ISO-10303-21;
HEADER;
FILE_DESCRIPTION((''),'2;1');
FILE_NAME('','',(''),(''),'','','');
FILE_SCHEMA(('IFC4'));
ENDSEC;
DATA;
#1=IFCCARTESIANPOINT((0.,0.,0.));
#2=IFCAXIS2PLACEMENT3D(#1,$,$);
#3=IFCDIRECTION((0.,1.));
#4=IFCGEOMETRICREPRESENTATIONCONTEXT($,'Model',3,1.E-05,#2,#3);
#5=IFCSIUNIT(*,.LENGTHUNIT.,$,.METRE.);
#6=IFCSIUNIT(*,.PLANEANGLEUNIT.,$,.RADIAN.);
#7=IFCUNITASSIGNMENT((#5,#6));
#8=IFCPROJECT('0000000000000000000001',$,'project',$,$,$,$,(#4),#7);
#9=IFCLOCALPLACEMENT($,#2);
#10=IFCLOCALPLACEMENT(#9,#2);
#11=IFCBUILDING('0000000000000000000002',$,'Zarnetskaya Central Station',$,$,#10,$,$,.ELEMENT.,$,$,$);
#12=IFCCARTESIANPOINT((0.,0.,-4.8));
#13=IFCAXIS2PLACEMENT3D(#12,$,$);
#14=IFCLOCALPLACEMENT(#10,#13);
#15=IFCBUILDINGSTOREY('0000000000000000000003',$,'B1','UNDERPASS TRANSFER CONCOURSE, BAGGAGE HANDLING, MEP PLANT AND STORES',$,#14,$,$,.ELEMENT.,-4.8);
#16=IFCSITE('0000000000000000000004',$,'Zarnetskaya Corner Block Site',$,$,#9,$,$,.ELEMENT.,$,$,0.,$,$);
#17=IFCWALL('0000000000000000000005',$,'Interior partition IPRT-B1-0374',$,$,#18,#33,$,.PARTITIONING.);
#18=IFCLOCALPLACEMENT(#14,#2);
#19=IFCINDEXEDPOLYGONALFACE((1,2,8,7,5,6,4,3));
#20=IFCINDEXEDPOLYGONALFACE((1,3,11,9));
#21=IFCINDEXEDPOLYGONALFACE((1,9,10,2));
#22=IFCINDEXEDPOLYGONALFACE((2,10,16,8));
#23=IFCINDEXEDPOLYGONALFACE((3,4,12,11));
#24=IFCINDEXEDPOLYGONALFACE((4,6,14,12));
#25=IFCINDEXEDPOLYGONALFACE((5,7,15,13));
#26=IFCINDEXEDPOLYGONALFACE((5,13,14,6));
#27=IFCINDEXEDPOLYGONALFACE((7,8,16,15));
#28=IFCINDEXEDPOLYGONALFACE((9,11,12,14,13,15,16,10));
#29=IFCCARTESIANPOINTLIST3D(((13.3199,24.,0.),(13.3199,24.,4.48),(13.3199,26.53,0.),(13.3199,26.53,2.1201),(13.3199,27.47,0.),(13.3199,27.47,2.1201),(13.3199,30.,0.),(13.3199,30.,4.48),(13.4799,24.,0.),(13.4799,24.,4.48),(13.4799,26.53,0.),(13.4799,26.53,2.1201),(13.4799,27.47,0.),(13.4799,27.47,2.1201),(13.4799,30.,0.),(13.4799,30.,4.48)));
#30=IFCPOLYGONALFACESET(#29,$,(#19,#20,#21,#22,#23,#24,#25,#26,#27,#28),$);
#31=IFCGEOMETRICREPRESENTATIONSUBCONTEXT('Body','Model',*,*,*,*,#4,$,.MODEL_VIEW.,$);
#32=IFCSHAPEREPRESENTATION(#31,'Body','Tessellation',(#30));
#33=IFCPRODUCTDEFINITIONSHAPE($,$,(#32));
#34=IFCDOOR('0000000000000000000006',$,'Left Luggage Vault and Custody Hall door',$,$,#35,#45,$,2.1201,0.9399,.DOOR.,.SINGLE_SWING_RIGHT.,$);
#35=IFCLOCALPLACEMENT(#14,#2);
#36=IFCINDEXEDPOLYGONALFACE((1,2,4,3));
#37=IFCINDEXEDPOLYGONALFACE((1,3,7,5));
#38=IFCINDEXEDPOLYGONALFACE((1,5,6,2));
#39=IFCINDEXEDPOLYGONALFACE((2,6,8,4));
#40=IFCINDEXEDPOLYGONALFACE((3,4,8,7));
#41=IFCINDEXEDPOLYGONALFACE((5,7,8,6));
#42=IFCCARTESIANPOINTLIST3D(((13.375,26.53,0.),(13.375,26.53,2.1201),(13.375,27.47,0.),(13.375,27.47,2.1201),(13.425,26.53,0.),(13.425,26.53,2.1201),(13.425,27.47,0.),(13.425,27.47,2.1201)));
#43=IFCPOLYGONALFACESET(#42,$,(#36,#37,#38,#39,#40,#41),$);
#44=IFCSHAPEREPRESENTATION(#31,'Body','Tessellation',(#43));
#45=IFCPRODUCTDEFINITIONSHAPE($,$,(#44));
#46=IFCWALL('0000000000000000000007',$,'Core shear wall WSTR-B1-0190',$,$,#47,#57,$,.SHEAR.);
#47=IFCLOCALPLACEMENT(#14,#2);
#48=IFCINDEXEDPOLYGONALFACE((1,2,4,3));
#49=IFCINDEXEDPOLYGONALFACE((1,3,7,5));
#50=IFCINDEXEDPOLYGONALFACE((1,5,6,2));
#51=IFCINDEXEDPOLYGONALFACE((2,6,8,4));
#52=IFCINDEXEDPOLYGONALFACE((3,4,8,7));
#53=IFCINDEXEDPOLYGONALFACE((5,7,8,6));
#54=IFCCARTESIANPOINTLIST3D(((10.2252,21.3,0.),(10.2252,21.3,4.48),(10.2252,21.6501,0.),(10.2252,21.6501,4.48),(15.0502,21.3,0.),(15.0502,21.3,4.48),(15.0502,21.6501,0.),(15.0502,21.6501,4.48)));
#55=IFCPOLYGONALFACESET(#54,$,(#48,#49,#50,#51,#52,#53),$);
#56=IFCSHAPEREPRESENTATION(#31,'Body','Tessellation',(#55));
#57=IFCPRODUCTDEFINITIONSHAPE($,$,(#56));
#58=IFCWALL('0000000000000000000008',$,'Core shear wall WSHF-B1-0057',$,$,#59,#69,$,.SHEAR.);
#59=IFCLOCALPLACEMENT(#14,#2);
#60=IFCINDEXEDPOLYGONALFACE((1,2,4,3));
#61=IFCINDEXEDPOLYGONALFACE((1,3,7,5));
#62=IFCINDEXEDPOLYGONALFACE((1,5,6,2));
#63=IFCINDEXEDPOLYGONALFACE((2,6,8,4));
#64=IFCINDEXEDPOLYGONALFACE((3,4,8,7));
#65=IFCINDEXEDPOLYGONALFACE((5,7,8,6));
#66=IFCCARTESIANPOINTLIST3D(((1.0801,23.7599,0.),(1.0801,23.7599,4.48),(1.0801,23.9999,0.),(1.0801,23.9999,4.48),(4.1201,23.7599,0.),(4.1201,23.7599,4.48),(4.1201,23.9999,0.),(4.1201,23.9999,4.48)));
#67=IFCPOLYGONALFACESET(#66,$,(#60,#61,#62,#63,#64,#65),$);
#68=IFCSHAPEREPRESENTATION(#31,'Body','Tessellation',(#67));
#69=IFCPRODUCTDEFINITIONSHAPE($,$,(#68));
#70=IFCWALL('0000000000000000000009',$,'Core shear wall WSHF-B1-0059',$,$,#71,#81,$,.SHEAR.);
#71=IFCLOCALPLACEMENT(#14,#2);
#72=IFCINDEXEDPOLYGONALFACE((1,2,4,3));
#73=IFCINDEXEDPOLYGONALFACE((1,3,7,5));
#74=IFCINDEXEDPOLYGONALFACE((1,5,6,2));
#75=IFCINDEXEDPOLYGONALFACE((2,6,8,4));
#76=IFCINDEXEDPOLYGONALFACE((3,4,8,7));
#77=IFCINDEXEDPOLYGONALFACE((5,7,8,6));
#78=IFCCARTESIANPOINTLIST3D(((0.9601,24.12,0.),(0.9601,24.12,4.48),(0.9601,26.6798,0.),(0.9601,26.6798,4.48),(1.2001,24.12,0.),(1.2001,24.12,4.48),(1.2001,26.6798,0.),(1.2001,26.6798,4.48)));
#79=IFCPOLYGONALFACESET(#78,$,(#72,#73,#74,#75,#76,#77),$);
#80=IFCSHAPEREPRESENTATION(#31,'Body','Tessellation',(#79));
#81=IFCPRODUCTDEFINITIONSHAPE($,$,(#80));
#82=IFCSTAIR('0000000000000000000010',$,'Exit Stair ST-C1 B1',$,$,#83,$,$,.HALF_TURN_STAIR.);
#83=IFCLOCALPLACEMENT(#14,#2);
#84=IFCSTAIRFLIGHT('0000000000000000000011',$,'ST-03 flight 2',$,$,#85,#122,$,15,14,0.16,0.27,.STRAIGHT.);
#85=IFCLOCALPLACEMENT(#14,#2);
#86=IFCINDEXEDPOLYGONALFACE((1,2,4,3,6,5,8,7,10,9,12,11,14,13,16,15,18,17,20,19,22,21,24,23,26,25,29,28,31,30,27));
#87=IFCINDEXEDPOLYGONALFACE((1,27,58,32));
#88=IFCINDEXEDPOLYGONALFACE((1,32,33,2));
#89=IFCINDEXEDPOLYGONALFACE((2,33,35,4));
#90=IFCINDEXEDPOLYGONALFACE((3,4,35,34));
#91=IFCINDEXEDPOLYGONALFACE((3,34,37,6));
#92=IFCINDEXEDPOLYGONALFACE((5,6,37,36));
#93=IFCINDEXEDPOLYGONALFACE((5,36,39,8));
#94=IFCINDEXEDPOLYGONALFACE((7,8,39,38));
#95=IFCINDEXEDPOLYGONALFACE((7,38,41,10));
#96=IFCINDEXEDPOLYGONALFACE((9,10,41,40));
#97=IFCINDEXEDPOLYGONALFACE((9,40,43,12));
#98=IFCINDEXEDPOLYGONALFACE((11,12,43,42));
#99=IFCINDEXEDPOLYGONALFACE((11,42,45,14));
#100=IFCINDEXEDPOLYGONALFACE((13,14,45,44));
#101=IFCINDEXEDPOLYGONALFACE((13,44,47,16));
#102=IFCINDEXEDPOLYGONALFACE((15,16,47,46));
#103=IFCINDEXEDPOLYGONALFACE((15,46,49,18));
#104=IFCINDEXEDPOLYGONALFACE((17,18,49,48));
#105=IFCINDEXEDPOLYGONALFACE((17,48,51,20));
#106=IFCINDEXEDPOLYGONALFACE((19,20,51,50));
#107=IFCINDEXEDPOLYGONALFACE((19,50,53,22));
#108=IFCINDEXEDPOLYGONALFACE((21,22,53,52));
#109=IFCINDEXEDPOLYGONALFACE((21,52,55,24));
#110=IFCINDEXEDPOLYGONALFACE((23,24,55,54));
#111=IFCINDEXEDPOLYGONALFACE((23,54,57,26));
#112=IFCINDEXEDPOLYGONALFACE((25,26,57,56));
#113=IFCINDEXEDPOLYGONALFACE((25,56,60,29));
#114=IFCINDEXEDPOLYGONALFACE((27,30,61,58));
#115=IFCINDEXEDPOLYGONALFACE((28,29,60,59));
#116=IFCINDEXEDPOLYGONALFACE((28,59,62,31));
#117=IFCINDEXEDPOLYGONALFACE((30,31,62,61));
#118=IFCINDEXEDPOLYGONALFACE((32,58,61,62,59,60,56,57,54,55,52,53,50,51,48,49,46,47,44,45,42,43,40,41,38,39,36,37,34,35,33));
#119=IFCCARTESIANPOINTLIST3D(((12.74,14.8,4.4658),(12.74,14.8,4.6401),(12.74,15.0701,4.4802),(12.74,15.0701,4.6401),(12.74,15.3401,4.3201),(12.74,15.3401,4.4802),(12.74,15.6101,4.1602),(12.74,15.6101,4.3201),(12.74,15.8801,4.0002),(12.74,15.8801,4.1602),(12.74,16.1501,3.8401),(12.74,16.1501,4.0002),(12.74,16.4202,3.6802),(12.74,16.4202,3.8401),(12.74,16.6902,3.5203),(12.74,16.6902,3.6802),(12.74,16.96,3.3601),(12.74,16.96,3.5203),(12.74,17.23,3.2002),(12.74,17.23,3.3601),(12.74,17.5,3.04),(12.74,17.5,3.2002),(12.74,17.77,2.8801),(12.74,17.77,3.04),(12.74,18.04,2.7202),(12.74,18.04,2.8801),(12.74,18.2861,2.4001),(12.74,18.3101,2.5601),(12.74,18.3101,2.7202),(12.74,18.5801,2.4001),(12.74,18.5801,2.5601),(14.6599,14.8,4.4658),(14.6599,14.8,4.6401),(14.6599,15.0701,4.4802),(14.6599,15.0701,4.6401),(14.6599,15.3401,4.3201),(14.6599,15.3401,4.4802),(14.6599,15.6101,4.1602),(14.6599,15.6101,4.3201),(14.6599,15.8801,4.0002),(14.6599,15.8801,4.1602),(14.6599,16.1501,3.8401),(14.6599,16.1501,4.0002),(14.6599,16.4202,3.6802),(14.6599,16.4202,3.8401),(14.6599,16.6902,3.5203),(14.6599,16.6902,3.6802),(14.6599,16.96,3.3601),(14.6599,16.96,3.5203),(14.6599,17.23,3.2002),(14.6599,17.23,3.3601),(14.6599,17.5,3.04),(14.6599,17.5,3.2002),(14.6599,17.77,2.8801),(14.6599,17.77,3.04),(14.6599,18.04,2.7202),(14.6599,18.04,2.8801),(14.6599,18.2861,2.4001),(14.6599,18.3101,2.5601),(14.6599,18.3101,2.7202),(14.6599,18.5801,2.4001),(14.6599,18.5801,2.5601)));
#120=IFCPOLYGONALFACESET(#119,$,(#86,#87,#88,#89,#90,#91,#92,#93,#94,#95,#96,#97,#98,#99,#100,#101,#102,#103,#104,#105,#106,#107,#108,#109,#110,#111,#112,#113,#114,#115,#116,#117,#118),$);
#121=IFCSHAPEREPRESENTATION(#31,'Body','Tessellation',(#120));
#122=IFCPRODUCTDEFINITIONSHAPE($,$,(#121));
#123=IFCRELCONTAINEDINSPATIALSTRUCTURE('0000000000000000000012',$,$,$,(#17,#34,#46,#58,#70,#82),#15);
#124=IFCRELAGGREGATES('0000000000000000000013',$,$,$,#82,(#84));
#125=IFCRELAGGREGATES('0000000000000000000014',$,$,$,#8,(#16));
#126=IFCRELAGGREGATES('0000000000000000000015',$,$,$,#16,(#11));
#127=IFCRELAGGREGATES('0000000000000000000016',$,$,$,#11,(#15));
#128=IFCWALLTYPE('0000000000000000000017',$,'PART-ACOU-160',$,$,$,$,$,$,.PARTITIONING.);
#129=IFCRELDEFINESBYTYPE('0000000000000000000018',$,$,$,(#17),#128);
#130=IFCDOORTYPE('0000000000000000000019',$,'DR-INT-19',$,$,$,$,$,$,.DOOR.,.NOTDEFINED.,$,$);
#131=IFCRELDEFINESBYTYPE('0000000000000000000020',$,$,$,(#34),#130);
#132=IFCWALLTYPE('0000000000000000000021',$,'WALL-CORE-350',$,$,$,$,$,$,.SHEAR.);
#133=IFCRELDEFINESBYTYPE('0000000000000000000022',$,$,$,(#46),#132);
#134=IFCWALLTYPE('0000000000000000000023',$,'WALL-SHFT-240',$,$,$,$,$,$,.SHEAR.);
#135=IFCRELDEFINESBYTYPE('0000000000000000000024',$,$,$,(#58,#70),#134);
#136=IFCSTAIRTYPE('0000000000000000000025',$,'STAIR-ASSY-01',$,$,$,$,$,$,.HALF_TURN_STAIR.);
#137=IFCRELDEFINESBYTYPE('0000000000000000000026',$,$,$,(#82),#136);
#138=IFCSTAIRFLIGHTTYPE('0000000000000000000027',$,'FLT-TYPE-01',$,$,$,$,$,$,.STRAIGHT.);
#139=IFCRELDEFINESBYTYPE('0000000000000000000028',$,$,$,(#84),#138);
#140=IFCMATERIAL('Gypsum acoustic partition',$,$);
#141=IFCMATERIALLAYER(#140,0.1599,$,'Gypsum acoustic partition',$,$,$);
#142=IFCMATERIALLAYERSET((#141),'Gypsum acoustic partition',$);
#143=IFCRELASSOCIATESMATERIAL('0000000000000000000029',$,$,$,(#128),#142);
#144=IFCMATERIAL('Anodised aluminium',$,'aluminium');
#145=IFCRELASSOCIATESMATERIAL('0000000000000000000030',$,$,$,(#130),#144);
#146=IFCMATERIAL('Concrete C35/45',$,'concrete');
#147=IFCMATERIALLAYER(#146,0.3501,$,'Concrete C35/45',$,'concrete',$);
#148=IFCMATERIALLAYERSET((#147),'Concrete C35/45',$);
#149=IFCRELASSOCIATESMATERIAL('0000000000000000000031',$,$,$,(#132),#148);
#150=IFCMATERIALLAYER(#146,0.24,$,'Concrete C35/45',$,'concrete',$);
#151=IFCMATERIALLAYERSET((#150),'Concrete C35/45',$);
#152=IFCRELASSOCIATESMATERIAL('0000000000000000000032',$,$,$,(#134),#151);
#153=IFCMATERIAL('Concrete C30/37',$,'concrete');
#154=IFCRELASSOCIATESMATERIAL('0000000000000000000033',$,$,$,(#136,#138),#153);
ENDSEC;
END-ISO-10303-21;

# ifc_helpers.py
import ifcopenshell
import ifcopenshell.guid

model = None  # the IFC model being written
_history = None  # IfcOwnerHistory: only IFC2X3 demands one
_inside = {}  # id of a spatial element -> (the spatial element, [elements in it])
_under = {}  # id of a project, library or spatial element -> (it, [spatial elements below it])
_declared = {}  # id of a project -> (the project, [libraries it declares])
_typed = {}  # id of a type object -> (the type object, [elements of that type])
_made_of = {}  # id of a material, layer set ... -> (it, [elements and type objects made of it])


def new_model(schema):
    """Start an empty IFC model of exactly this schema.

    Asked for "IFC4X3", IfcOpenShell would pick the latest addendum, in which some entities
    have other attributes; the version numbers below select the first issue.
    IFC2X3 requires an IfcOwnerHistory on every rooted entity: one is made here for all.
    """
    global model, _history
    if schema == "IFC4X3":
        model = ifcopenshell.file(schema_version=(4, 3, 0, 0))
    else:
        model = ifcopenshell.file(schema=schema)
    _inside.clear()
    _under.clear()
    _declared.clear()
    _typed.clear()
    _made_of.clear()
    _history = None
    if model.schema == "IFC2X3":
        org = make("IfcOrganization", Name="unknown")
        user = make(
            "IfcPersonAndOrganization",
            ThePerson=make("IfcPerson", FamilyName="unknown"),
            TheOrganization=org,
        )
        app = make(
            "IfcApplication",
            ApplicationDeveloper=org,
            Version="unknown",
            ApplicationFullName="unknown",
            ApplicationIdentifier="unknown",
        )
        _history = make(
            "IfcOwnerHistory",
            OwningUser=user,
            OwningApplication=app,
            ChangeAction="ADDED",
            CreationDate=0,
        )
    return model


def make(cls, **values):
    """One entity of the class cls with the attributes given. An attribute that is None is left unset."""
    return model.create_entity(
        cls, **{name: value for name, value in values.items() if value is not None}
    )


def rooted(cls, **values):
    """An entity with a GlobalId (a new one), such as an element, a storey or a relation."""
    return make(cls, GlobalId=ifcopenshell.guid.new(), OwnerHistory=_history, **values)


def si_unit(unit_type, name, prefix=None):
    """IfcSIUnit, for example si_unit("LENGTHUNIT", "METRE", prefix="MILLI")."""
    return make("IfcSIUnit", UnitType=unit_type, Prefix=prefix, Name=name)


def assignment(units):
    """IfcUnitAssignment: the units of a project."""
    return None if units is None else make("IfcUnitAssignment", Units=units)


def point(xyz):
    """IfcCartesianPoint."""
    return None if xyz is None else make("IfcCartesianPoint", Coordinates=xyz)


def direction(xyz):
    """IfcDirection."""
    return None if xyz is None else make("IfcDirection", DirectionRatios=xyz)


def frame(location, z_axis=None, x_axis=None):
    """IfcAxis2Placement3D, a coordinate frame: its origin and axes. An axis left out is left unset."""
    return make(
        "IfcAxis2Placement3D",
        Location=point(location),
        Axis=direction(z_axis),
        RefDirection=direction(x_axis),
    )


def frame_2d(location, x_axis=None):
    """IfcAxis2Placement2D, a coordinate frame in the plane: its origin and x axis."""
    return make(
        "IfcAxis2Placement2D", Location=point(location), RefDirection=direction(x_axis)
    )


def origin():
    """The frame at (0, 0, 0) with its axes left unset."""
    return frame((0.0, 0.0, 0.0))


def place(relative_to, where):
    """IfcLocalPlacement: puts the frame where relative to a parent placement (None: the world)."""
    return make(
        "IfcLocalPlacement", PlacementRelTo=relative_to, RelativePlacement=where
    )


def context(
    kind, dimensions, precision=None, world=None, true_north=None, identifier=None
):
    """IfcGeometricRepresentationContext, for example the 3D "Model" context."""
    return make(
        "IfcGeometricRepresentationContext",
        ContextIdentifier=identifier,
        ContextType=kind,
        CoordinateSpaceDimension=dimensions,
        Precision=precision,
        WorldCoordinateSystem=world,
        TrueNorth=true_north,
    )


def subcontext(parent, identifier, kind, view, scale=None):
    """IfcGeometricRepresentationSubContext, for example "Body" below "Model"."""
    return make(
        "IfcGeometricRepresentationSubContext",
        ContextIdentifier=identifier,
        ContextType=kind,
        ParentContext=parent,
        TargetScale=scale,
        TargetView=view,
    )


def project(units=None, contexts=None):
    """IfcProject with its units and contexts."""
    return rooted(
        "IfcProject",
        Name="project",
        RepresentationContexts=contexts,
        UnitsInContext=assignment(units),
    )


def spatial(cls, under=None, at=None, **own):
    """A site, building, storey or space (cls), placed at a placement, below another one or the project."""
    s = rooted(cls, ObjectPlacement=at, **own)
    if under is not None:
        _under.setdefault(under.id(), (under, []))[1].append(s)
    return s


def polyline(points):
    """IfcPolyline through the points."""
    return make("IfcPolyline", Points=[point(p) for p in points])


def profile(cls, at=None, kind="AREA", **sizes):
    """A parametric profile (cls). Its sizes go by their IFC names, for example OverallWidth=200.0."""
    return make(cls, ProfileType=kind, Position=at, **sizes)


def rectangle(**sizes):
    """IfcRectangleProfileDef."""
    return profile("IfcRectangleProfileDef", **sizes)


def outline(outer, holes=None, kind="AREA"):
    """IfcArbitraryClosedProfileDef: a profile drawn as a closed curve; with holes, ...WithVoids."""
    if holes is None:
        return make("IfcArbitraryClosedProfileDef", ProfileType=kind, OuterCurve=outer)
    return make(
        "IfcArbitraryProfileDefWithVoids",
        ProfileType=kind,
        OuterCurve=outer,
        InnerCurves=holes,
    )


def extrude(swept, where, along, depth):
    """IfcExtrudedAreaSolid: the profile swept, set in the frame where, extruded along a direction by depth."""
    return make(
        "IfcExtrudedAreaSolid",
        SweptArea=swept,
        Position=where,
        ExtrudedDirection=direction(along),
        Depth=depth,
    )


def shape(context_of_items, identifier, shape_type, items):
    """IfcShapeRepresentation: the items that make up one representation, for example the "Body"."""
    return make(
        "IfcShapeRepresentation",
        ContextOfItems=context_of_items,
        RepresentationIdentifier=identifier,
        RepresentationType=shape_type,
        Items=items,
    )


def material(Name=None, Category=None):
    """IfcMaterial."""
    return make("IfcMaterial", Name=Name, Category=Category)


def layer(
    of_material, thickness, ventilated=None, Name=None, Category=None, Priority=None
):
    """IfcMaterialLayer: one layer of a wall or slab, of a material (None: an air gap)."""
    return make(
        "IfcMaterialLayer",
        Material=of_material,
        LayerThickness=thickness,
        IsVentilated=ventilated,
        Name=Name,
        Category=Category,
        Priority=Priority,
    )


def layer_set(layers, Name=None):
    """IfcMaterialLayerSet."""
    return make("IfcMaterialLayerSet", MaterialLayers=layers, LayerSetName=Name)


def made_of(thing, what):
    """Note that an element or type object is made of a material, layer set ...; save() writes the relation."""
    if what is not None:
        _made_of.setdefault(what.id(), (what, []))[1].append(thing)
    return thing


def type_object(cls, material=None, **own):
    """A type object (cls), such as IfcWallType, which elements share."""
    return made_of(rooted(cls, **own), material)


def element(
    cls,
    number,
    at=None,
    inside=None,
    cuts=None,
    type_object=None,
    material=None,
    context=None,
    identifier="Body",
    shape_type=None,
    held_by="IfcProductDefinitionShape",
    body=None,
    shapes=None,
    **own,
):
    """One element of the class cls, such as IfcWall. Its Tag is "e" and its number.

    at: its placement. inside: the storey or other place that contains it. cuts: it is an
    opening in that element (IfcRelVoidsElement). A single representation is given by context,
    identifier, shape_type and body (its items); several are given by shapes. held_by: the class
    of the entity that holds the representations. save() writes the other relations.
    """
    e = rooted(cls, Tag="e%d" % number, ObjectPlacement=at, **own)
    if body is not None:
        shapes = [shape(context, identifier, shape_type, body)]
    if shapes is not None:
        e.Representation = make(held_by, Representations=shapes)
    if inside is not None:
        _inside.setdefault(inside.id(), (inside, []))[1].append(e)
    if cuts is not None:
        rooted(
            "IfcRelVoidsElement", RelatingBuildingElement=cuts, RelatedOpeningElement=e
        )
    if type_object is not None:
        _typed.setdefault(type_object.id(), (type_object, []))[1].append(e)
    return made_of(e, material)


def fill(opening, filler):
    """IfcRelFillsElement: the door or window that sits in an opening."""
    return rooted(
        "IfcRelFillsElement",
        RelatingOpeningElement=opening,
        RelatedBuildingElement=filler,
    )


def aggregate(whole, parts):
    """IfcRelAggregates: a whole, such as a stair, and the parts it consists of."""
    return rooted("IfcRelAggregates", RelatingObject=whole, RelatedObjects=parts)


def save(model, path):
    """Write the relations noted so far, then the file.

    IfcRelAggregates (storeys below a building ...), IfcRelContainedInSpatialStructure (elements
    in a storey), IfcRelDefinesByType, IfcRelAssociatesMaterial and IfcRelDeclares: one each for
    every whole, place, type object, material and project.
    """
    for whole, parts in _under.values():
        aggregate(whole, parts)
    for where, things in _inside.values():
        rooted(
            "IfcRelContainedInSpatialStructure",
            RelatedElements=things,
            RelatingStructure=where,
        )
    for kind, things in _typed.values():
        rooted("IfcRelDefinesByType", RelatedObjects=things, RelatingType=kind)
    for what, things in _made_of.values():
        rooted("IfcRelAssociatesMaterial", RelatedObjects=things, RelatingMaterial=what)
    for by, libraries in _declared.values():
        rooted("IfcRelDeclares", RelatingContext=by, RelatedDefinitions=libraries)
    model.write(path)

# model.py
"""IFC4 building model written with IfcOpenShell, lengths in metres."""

from ifc_helpers import new_model, si_unit, direction, frame, frame_2d, origin, place, context, subcontext, project, spatial, polyline, rectangle, outline, extrude, material, layer, layer_set, type_object, element, fill, aggregate, save


model = new_model("IFC4")

# Units and contexts
model_context = context("Model", 3, precision=1e-05, world=origin(), true_north=direction((0.0, 1.0)))
body_context = subcontext(model_context, "Body", "Model", "MODEL_VIEW")
ifc_project = project(units=[si_unit("LENGTHUNIT", "METRE"), si_unit("PLANEANGLEUNIT", "RADIAN")], contexts=[model_context])

# Site, building, storey
site_placement = place(None, origin())
site = spatial("IfcSite", under=ifc_project, at=site_placement, Name="Zarnetskaya Corner Block Site", CompositionType="ELEMENT", RefElevation=0.0)
building_placement = place(site_placement, origin())
building = spatial("IfcBuilding", under=site, at=building_placement, Name="Zarnetskaya Central Station", CompositionType="ELEMENT")
storey_placement = place(building_placement, frame((0.0, 0.0, -4.8)))
storey = spatial("IfcBuildingStorey", under=building, at=storey_placement, Name="B1", Description="UNDERPASS TRANSFER CONCOURSE, BAGGAGE HANDLING, MEP PLANT AND STORES", CompositionType="ELEMENT", Elevation=-4.8)

# Shared definitions
ifc_material_1 = material(Name="Concrete C35/45", Category="concrete")

# Wall, opening, door
ifc_material_2 = material(Name="Gypsum acoustic partition")
ifc_layer_1 = layer(ifc_material_2, 0.1599, Name="Gypsum acoustic partition")
ifc_layer_set_1 = layer_set([ifc_layer_1], Name="Gypsum acoustic partition")
wall_type_1 = type_object("IfcWallType", Name="PART-ACOU-160", PredefinedType="PARTITIONING", material=ifc_layer_set_1)
wall_1_placement = place(storey_placement, frame((13.3999, 24.0, 0.0), z_axis=(0.0, 0.0, 1.0), x_axis=(0.0, 1.0, 0.0)))
wall_1 = element("IfcWall", 1, at=wall_1_placement, inside=storey, type_object=wall_type_1, Name="Interior partition IPRT-B1-0374", PredefinedType="PARTITIONING", context=body_context, shape_type="SweptSolid", body=[
    extrude(rectangle(XDim=6.0, YDim=0.1599, at=frame_2d((3.0, 0.0))), origin(), (0.0, 0.0, 1.0), 4.48),
])
opening_placement = place(wall_1_placement, frame((2.53, 0.0, 0.0)))
opening = element("IfcOpeningElement", 2, at=opening_placement, cuts=wall_1, PredefinedType="OPENING", context=body_context, shape_type="SweptSolid", body=[
    extrude(rectangle(XDim=0.9399, YDim=2.1201, at=frame_2d((0.47, 1.0601))), frame((0.0, 0.0898, 0.0), z_axis=(0.0, -1.0, 0.0), x_axis=(1.0, 0.0, 0.0)), (0.0, 0.0, 1.0), 0.1799),
])
ifc_material_3 = material(Name="Anodised aluminium", Category="aluminium")
door_type = type_object("IfcDoorType", Name="DR-INT-19", OperationType="NOTDEFINED", PredefinedType="DOOR", material=ifc_material_3)
door_placement = place(opening_placement, origin())
door = element("IfcDoor", 3, at=door_placement, inside=storey, type_object=door_type, Name="Left Luggage Vault and Custody Hall door", OperationType="SINGLE_SWING_RIGHT", OverallHeight=2.1201, OverallWidth=0.9399, PredefinedType="DOOR", context=body_context, shape_type="SweptSolid", body=[
    extrude(rectangle(XDim=0.9399, YDim=2.1201, at=frame_2d((0.47, 1.0601))), frame((0.0, 0.0249, 0.0), z_axis=(0.0, -1.0, 0.0), x_axis=(1.0, 0.0, 0.0)), (0.0, 0.0, 1.0), 0.05),
])
fill(opening, door)

# Walls
ifc_layer_2 = layer(ifc_material_1, 0.3501, Name="Concrete C35/45", Category="concrete")
ifc_layer_set_2 = layer_set([ifc_layer_2], Name="Concrete C35/45")
wall_type_2 = type_object("IfcWallType", Name="WALL-CORE-350", PredefinedType="SHEAR", material=ifc_layer_set_2)
wall_2_placement = place(storey_placement, frame((10.2251, 21.4751, 0.0), z_axis=(0.0, 0.0, 1.0), x_axis=(1.0, 0.0, 0.0)))
element("IfcWall", 4, at=wall_2_placement, inside=storey, type_object=wall_type_2, Name="Core shear wall WSTR-B1-0190", PredefinedType="SHEAR", context=body_context, shape_type="SweptSolid", body=[
    extrude(rectangle(XDim=4.825, YDim=0.3501, at=frame_2d((2.4126, 0.0))), origin(), (0.0, 0.0, 1.0), 4.48),
])
ifc_layer_3 = layer(ifc_material_1, 0.24, Name="Concrete C35/45", Category="concrete")
ifc_layer_set_3 = layer_set([ifc_layer_3], Name="Concrete C35/45")
wall_type_3 = type_object("IfcWallType", Name="WALL-SHFT-240", PredefinedType="SHEAR", material=ifc_layer_set_3)
wall_3_placement = place(storey_placement, frame((4.1201, 23.8799, 0.0), z_axis=(0.0, 0.0, 1.0), x_axis=(-1.0, 0.0, 0.0)))
element("IfcWall", 5, at=wall_3_placement, inside=storey, type_object=wall_type_3, Name="Core shear wall WSHF-B1-0057", PredefinedType="SHEAR", context=body_context, shape_type="SweptSolid", body=[
    extrude(rectangle(XDim=3.04, YDim=0.24, at=frame_2d((1.52, 0.0))), origin(), (0.0, 0.0, 1.0), 4.48),
])
wall_4_placement = place(storey_placement, frame((1.0801, 24.1201, 0.0), z_axis=(0.0, 0.0, 1.0), x_axis=(0.0, 1.0, 0.0)))
element("IfcWall", 6, at=wall_4_placement, inside=storey, type_object=wall_type_3, Name="Core shear wall WSHF-B1-0059", PredefinedType="SHEAR", context=body_context, shape_type="SweptSolid", body=[
    extrude(rectangle(XDim=2.5598, YDim=0.24, at=frame_2d((1.2798, 0.0))), origin(), (0.0, 0.0, 1.0), 4.48),
])

# Stair, stair flight
ifc_material_4 = material(Name="Concrete C30/37", Category="concrete")
stair_type = type_object("IfcStairType", Name="STAIR-ASSY-01", PredefinedType="HALF_TURN_STAIR", material=ifc_material_4)
stair_placement = place(storey_placement, origin())
stair = element("IfcStair", 7, at=stair_placement, inside=storey, type_object=stair_type, Name="Exit Stair ST-C1 B1", PredefinedType="HALF_TURN_STAIR")
stair_flight_type = type_object("IfcStairFlightType", Name="FLT-TYPE-01", PredefinedType="STRAIGHT", material=ifc_material_4)
stair_flight_placement = place(storey_placement, frame((13.7, 18.5801, 2.4001), z_axis=(0.0, 0.0, 1.0), x_axis=(0.0, -1.0, 0.0)))
stair_flight = element("IfcStairFlight", 8, at=stair_flight_placement, type_object=stair_flight_type, Name="ST-03 flight 2", NumberOfRisers=15, NumberOfTreads=14, PredefinedType="STRAIGHT", RiserHeight=0.16, TreadLength=0.27, context=body_context, shape_type="SweptSolid", body=[
    extrude(outline(polyline([(0.0, 0.0), (0.0, 0.1599), (0.27, 0.1599), (0.27, 0.3201), (0.54, 0.3201), (0.54, 0.48), (0.8101, 0.48), (0.8101, 0.6399), (1.0801, 0.6399), (1.0801, 0.8), (1.3501, 0.8), (1.3501, 0.96), (1.6201, 0.96), (1.6201, 1.1201), (1.8899, 1.1201), (1.8899, 1.28), (2.1599, 1.28), (2.1599, 1.4399), (2.4299, 1.4399), (2.4299, 1.6001), (2.7, 1.6001), (2.7, 1.76), (2.97, 1.76), (2.97, 1.9199), (3.24, 1.9199), (3.24, 2.0801), (3.51, 2.0801), (3.51, 2.24), (3.78, 2.24), (3.78, 2.3999), (3.78, 2.0657), (0.2939, 0.0), (0.0, 0.0)])), frame((0.0, 0.96, 0.0), z_axis=(0.0, -1.0, 0.0), x_axis=(1.0, 0.0, 0.0)), (0.0, 0.0, 1.0), 1.9199),
])
aggregate(stair, [stair_flight])

save(model, "model.ifc")
